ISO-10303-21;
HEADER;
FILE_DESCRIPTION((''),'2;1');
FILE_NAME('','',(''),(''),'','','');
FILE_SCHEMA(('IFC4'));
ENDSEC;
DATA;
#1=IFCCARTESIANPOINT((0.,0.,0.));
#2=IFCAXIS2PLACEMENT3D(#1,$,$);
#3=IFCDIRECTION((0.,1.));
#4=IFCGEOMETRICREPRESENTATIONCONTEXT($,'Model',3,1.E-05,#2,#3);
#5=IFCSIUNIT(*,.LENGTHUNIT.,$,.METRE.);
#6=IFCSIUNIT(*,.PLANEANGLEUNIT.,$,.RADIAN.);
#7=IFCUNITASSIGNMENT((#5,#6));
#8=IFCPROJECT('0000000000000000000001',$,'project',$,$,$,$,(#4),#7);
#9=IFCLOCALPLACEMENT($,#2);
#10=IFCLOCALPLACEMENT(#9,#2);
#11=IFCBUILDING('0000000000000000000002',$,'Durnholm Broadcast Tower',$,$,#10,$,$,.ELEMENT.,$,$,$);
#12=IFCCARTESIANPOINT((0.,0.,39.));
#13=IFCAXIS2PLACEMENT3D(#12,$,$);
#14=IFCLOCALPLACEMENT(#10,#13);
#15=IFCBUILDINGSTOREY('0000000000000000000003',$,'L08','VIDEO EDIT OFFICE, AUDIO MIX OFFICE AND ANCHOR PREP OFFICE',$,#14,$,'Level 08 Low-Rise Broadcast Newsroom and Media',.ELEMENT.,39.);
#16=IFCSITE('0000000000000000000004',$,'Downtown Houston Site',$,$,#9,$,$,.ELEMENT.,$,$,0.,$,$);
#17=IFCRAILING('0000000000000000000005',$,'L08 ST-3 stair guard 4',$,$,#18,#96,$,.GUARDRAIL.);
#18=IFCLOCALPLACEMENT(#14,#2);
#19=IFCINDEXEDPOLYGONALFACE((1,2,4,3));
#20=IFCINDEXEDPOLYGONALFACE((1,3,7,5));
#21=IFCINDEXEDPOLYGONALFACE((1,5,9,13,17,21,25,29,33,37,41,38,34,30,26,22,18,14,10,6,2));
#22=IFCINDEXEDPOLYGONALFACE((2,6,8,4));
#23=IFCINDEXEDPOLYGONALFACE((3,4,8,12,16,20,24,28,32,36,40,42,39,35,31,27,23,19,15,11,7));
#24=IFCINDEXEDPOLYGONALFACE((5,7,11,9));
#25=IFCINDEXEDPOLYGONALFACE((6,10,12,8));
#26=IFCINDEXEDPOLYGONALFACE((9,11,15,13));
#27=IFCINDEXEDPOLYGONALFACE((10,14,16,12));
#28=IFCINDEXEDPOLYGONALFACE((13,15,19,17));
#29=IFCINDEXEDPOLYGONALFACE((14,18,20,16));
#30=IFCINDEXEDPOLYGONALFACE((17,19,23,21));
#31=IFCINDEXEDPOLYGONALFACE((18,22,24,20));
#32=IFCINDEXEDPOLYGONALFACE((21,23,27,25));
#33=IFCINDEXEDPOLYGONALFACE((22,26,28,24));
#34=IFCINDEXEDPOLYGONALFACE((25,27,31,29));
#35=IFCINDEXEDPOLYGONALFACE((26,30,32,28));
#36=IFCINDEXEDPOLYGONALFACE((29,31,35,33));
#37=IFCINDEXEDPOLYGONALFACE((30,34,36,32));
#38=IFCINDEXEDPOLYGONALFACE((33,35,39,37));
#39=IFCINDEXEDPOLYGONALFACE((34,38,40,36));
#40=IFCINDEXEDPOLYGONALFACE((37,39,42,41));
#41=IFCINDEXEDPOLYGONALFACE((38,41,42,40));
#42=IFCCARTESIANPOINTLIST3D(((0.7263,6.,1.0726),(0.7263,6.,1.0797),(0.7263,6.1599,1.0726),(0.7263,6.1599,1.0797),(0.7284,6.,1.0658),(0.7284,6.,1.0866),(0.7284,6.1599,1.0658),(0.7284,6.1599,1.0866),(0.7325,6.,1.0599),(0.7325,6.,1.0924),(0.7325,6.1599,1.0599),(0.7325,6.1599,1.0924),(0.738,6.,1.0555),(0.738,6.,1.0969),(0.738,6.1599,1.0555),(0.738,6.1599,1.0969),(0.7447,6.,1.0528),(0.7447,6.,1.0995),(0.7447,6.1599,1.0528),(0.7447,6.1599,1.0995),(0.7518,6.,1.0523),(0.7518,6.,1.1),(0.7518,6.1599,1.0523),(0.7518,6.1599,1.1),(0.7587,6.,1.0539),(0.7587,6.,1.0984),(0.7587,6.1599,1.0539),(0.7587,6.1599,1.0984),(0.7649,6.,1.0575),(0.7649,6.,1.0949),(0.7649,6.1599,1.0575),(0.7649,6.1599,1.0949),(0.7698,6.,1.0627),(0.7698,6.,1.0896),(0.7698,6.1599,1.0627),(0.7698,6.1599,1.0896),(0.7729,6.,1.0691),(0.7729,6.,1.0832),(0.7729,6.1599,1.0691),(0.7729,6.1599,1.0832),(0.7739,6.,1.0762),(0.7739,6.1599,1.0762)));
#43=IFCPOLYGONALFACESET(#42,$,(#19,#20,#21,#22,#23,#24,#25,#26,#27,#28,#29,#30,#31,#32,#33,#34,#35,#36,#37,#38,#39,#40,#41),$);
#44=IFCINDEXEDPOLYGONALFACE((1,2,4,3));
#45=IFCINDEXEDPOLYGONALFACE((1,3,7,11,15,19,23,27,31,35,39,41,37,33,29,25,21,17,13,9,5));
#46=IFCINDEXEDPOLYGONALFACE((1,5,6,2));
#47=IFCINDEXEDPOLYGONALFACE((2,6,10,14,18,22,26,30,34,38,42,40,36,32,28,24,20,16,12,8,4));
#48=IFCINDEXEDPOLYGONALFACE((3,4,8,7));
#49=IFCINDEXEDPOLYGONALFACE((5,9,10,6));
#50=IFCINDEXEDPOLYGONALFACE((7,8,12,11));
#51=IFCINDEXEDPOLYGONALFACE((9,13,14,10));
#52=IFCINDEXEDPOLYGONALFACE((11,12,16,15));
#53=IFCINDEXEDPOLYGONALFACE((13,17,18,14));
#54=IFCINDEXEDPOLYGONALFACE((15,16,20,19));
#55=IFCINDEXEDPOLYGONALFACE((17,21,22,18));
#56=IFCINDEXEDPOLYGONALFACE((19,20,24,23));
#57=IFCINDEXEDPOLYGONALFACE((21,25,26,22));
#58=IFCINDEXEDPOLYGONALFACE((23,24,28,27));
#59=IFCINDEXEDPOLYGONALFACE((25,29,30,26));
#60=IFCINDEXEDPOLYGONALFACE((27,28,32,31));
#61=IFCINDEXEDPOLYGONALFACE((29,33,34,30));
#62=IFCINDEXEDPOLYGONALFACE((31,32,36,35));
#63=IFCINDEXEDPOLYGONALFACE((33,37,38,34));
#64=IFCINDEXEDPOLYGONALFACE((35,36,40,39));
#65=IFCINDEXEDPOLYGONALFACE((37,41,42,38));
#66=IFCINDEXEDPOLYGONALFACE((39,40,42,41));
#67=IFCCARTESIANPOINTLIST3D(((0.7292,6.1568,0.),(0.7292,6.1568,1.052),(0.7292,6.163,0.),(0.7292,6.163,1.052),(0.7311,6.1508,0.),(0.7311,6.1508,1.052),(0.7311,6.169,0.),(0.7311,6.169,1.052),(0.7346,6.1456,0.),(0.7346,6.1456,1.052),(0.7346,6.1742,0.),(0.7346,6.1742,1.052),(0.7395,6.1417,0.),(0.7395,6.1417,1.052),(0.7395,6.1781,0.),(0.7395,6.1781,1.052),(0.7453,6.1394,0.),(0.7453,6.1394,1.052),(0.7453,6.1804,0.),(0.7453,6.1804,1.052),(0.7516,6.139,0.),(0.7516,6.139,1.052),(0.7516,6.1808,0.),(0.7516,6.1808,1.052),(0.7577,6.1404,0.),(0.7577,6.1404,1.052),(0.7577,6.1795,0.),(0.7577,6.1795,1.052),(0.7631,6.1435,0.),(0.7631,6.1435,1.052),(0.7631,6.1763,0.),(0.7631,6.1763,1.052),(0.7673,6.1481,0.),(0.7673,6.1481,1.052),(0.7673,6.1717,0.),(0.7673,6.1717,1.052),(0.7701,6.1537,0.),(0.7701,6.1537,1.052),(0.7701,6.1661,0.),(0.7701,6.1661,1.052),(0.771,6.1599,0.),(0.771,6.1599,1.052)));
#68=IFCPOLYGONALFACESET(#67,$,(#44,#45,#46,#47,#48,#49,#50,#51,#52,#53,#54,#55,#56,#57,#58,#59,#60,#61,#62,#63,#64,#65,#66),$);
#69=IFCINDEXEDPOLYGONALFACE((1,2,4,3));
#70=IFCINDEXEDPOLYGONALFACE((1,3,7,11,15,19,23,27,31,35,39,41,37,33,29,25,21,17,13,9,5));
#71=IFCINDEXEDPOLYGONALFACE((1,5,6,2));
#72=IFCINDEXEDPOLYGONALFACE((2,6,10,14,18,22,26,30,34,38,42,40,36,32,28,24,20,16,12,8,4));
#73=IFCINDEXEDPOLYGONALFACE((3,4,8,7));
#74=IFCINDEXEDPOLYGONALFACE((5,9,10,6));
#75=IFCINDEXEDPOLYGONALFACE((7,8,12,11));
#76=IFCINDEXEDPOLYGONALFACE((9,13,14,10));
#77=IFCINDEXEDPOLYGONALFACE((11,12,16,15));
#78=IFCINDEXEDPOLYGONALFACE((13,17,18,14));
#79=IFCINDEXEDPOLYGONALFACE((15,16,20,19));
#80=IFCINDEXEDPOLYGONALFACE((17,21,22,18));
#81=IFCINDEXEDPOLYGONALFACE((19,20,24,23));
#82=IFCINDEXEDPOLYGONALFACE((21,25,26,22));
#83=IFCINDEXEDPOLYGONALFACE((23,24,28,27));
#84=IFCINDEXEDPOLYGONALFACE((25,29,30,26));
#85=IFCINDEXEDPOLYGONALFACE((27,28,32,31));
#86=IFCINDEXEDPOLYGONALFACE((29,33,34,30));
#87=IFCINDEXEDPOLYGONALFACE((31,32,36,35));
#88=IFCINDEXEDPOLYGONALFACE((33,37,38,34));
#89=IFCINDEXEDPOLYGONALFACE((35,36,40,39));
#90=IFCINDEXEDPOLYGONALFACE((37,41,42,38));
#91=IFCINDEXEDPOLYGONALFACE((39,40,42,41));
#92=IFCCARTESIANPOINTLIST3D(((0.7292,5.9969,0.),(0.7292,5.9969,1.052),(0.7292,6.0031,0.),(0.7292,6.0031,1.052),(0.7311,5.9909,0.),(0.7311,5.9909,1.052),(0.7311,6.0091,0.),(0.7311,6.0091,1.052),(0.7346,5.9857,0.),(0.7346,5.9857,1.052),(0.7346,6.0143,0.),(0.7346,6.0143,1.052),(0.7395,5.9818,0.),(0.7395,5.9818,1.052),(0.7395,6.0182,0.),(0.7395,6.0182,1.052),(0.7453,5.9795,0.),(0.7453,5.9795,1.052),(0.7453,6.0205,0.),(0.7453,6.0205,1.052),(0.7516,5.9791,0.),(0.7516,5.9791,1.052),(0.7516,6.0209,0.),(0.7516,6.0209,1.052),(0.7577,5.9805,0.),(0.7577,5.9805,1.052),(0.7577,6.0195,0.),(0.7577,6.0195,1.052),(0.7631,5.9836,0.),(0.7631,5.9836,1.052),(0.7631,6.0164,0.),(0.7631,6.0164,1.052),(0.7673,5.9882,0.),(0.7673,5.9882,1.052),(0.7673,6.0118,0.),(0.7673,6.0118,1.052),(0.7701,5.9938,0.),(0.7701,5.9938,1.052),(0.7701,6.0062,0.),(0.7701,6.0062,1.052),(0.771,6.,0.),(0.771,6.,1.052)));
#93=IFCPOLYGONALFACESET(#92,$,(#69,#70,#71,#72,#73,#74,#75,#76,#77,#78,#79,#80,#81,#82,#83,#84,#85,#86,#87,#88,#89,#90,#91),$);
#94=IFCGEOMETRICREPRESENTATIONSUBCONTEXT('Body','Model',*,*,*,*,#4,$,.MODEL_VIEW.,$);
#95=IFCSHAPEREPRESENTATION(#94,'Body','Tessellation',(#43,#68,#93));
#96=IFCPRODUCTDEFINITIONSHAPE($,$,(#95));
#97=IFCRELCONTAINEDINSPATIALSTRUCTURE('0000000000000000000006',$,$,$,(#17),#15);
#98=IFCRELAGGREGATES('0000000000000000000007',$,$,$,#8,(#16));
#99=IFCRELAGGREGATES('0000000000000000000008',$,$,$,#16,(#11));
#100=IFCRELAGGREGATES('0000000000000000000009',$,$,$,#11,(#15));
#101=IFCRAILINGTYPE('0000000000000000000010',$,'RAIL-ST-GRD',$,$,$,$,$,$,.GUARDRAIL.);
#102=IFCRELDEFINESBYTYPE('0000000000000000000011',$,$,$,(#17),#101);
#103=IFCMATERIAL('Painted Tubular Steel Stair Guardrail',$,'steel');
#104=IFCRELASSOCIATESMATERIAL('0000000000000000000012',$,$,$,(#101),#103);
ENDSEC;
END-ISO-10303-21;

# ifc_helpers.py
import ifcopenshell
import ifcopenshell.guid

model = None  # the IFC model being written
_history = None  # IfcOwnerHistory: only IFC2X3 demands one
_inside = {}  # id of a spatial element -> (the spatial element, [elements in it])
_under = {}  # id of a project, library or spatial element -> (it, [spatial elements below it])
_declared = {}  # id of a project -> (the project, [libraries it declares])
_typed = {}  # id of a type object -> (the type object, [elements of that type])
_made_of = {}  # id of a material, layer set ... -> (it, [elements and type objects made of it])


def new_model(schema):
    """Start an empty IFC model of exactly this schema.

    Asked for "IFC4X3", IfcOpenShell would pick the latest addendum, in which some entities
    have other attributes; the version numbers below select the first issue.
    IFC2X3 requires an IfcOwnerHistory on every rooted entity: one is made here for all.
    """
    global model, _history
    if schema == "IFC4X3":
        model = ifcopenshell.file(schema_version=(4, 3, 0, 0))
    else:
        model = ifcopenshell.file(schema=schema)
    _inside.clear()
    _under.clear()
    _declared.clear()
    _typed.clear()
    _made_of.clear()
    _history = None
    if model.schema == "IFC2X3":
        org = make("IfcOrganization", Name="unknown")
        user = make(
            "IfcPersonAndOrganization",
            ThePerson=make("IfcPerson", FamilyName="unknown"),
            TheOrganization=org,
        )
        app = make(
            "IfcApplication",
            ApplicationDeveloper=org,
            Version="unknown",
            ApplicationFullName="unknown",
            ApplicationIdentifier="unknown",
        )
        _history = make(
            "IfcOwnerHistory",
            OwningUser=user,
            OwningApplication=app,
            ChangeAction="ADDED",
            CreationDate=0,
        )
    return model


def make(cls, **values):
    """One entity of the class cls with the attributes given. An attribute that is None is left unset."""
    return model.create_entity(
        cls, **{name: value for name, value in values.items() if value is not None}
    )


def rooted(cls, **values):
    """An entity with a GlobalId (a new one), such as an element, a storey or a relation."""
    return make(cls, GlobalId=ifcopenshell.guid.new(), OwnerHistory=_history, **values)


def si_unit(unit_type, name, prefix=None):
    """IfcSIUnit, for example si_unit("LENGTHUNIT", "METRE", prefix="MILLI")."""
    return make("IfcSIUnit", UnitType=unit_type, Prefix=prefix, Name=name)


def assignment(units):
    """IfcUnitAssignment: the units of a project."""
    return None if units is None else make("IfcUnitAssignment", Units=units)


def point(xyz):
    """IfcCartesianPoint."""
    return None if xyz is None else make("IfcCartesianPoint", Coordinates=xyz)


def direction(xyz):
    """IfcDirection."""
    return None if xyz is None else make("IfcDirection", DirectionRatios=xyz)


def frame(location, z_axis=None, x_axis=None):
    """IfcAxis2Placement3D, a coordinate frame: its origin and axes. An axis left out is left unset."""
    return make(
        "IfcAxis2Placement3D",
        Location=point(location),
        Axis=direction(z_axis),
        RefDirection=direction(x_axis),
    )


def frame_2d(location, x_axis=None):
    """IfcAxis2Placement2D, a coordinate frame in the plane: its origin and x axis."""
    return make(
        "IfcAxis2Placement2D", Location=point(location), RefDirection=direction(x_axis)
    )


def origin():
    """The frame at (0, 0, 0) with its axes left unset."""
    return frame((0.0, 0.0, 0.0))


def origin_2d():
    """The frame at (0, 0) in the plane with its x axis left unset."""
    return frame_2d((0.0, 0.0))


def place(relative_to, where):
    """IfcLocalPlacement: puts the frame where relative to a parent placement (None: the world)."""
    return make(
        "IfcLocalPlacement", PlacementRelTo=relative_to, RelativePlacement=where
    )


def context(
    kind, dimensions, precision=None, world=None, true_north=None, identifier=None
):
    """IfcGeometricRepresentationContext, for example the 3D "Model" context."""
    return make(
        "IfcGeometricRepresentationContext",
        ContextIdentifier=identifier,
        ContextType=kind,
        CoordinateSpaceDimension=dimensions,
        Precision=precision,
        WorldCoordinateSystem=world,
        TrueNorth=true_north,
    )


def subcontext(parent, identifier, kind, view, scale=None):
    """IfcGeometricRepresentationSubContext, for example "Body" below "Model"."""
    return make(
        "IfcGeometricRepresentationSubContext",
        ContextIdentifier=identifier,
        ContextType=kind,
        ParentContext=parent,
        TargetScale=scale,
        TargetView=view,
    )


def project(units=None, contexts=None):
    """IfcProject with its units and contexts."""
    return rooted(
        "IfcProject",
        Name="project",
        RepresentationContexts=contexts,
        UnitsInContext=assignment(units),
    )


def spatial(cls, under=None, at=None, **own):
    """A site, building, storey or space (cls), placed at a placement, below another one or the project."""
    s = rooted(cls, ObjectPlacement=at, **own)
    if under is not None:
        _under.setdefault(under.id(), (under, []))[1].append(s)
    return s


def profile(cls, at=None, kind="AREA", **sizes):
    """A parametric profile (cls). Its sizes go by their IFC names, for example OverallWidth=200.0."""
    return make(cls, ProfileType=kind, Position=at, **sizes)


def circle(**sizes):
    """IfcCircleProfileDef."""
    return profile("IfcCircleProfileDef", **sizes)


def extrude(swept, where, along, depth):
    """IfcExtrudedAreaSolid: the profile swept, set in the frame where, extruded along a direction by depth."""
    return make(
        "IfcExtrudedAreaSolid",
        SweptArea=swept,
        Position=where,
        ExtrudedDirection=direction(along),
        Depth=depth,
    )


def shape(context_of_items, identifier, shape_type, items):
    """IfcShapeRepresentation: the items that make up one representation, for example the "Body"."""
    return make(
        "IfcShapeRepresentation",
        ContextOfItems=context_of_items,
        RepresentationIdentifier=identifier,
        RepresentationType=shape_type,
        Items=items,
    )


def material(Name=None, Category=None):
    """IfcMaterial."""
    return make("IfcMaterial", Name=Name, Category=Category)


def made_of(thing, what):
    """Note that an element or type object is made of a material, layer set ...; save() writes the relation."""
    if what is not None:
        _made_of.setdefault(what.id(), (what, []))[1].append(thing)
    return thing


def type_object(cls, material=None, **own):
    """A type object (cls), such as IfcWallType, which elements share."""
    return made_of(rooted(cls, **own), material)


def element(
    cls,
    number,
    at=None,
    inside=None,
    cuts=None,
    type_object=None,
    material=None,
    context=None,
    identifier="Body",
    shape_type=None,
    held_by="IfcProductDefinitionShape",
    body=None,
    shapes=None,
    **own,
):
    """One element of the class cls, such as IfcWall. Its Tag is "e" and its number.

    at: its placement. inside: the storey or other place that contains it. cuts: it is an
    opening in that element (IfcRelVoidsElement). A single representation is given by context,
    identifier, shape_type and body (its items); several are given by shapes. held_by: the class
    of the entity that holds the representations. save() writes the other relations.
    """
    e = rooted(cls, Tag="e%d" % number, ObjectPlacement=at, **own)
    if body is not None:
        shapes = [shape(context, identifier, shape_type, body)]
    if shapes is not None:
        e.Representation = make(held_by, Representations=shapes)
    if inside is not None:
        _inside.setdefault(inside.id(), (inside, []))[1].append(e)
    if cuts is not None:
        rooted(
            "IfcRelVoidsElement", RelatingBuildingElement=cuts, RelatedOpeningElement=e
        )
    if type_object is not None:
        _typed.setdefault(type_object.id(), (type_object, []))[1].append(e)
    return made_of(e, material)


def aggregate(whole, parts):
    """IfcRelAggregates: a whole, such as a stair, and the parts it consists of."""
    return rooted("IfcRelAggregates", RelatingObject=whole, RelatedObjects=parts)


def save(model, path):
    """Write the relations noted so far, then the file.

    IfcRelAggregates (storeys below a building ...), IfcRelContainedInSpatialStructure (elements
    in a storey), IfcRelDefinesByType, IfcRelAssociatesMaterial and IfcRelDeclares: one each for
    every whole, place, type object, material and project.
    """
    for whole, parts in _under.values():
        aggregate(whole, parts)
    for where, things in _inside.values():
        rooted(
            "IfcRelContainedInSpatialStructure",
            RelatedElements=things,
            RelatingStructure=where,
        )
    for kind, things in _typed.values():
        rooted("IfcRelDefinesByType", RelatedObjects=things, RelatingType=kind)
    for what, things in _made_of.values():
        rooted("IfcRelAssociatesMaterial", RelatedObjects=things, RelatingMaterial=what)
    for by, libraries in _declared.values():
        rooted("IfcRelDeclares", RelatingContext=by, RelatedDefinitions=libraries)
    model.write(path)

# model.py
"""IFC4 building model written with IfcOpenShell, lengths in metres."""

from ifc_helpers import new_model, si_unit, direction, frame, origin, origin_2d, place, context, subcontext, project, spatial, circle, extrude, material, type_object, element, save


model = new_model("IFC4")

# Units and contexts
model_context = context("Model", 3, precision=1e-05, world=origin(), true_north=direction((0.0, 1.0)))
body_context = subcontext(model_context, "Body", "Model", "MODEL_VIEW")
ifc_project = project(units=[si_unit("LENGTHUNIT", "METRE"), si_unit("PLANEANGLEUNIT", "RADIAN")], contexts=[model_context])

# Site, building, storey
site_placement = place(None, origin())
site = spatial("IfcSite", under=ifc_project, at=site_placement, Name="Downtown Houston Site", CompositionType="ELEMENT", RefElevation=0.0)
building_placement = place(site_placement, origin())
building = spatial("IfcBuilding", under=site, at=building_placement, Name="Durnholm Broadcast Tower", CompositionType="ELEMENT")
storey_placement = place(building_placement, frame((0.0, 0.0, 39.0)))
storey = spatial("IfcBuildingStorey", under=building, at=storey_placement, Name="L08", Description="VIDEO EDIT OFFICE, AUDIO MIX OFFICE AND ANCHOR PREP OFFICE", LongName="Level 08 Low-Rise Broadcast Newsroom and Media", CompositionType="ELEMENT", Elevation=39.0)

# Railing
ifc_material_1 = material(Name="Painted Tubular Steel Stair Guardrail", Category="steel")
railing_type_1 = type_object("IfcRailingType", Name="RAIL-ST-GRD", PredefinedType="GUARDRAIL", material=ifc_material_1)
railing_1_placement = place(storey_placement, frame((0.75, 6.1599, 0.0)))
element("IfcRailing", 1, at=railing_1_placement, inside=storey, type_object=railing_type_1, Name="L08 ST-3 stair guard 4", PredefinedType="GUARDRAIL", context=body_context, shape_type="SweptSolid", body=[
    extrude(circle(Radius=0.0239, at=origin_2d()), frame((0.0, 0.0, 1.0762), z_axis=(0.0, -1.0, 0.0), x_axis=(1.0, 0.0, 0.0)), (0.0, 0.0, 1.0), 0.1599),
    extrude(circle(Radius=0.021, at=origin_2d()), origin(), (0.0, 0.0, 1.0), 1.052),
    extrude(circle(Radius=0.021, at=origin_2d()), frame((0.0, -0.1599, 0.0)), (0.0, 0.0, 1.0), 1.052),
])

save(model, "model.ifc")
